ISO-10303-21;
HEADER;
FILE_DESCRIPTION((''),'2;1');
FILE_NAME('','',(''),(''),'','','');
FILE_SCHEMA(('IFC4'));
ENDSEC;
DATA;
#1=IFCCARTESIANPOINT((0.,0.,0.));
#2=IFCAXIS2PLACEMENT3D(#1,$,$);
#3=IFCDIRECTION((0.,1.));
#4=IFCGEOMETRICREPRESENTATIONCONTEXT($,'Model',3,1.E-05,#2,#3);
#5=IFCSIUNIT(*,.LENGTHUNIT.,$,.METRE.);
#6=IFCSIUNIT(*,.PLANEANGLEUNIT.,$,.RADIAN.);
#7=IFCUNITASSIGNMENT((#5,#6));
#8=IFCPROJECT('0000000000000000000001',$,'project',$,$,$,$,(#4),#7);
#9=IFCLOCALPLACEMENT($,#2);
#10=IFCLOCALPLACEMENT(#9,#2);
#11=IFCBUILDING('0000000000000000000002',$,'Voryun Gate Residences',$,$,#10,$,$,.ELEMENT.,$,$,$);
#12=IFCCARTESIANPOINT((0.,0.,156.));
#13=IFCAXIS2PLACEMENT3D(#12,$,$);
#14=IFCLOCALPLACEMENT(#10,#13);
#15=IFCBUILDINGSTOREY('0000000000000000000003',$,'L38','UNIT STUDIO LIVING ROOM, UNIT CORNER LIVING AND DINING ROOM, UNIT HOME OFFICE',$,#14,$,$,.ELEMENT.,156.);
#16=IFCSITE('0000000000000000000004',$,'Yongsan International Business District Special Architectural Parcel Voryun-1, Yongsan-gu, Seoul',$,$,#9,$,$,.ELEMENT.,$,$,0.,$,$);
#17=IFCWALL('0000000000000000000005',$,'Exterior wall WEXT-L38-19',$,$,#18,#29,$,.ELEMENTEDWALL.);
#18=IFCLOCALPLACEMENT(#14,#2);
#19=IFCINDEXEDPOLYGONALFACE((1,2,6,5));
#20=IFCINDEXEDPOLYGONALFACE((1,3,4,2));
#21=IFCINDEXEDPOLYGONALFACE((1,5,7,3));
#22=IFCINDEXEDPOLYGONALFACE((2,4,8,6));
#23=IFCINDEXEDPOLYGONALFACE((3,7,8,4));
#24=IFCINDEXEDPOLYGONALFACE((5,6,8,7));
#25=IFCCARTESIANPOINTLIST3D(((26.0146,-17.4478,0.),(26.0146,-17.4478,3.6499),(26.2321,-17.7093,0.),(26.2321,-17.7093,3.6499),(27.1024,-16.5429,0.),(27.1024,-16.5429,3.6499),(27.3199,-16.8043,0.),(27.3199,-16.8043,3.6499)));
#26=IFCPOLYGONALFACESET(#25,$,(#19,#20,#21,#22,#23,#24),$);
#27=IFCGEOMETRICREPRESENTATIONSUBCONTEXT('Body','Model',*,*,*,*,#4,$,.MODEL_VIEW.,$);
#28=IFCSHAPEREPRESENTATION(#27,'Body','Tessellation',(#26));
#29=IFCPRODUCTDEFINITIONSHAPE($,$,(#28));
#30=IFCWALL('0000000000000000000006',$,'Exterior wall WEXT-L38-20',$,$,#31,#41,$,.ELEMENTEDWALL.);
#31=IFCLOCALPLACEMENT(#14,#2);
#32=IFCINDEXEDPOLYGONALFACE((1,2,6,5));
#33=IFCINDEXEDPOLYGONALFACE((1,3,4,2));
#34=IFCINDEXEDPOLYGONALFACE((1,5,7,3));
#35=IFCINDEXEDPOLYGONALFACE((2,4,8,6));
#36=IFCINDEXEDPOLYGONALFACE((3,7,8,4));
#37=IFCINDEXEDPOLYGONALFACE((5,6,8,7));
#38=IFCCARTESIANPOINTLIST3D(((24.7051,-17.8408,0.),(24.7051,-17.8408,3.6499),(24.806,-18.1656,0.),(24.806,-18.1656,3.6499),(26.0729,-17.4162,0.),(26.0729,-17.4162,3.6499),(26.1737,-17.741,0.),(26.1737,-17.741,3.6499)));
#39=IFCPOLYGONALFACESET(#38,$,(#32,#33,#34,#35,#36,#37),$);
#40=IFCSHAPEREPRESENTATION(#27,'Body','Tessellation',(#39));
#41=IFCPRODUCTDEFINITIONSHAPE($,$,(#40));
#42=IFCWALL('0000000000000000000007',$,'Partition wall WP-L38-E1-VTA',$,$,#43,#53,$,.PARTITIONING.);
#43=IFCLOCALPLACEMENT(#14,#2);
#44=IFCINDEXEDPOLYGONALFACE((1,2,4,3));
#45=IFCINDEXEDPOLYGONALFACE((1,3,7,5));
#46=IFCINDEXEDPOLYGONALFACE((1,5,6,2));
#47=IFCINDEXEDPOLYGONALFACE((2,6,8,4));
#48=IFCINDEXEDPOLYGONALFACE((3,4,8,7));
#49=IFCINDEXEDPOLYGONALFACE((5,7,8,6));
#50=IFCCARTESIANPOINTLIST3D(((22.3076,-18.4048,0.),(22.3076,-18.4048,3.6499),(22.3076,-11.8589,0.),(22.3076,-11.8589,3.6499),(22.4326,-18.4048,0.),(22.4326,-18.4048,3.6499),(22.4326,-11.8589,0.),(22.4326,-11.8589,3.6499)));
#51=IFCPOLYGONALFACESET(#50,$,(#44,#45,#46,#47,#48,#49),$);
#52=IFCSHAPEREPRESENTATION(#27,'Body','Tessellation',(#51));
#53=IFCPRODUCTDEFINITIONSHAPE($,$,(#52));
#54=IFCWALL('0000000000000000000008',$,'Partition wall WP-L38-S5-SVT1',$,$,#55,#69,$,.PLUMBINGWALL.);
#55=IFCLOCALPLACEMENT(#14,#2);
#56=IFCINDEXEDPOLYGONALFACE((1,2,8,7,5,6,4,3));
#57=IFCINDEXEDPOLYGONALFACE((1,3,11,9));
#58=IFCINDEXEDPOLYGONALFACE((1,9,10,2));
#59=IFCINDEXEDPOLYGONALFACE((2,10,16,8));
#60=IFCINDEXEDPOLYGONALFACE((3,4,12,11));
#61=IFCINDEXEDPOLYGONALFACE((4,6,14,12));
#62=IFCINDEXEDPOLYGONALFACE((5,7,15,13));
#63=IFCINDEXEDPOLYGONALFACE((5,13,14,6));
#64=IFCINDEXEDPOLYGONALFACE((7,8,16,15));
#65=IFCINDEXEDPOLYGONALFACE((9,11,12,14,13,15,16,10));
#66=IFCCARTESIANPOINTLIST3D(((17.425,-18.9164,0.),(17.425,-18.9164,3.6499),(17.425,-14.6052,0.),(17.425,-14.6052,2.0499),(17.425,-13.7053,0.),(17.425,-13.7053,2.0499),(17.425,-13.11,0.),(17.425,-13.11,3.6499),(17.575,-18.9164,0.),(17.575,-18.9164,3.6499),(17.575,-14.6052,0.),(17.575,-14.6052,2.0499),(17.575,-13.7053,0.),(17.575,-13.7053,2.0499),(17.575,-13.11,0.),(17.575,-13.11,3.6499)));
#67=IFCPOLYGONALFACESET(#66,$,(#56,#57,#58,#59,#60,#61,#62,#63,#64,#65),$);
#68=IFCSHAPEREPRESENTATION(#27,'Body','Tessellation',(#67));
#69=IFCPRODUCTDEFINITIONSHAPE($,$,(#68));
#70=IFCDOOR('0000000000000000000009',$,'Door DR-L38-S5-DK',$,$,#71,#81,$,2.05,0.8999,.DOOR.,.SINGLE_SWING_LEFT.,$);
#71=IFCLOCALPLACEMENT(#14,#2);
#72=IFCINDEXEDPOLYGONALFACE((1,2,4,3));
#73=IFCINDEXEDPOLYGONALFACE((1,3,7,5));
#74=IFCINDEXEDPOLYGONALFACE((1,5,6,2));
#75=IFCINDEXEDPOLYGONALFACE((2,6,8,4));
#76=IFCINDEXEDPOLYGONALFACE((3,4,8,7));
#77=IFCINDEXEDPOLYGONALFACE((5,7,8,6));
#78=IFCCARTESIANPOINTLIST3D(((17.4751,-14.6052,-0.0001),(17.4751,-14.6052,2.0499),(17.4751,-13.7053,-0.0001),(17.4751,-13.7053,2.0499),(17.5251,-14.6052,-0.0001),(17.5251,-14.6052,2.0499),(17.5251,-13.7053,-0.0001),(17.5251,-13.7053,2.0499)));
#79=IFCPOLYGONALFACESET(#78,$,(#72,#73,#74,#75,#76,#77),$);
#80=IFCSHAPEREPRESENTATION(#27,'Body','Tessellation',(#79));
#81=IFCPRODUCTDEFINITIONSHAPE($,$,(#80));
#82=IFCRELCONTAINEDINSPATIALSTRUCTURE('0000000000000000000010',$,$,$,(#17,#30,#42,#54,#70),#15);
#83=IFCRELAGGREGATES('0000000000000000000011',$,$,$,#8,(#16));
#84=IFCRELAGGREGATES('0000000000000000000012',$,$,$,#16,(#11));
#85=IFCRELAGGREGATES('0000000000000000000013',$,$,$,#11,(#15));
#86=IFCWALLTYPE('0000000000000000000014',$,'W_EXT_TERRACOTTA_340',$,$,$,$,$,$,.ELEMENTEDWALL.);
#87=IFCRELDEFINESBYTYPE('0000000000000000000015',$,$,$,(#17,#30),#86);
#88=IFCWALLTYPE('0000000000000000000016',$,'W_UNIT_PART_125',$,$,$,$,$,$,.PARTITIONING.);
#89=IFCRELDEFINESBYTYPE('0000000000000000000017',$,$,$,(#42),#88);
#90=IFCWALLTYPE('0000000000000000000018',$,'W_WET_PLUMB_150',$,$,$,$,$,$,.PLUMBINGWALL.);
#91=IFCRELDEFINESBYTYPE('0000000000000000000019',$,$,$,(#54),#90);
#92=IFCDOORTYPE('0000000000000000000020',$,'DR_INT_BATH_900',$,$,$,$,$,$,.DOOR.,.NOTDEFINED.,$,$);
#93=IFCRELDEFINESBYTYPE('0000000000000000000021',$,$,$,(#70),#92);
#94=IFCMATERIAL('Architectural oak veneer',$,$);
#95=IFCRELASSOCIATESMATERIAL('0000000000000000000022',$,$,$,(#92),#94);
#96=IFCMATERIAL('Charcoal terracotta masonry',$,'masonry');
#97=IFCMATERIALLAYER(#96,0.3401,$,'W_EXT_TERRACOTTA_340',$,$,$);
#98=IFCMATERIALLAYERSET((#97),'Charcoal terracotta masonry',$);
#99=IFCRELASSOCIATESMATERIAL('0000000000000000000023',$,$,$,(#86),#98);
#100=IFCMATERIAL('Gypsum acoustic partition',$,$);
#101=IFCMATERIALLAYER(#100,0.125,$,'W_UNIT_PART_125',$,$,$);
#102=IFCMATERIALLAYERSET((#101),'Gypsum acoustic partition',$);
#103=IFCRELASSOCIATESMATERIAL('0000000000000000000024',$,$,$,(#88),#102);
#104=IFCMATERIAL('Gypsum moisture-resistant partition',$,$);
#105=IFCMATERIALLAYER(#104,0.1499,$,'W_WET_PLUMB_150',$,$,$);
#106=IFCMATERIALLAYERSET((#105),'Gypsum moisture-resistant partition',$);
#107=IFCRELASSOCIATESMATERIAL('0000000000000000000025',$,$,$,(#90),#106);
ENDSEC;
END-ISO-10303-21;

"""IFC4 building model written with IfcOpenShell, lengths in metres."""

from ifc_helpers import new_model, si_unit, direction, frame, frame_2d, origin, place, context, subcontext, project, spatial, rectangle, extrude, material, layer, layer_set, type_object, element, fill, save


model = new_model("IFC4")

# Units and contexts
model_context = context("Model", 3, precision=1e-05, world=origin(), true_north=direction((0.0, 1.0)))
body_context = subcontext(model_context, "Body", "Model", "MODEL_VIEW")
ifc_project = project(units=[si_unit("LENGTHUNIT", "METRE"), si_unit("PLANEANGLEUNIT", "RADIAN")], contexts=[model_context])

# Site, building, storey
site_placement = place(None, origin())
site = spatial("IfcSite", under=ifc_project, at=site_placement, Name="Yongsan International Business District Special Architectural Parcel Voryun-1, Yongsan-gu, Seoul", CompositionType="ELEMENT", RefElevation=0.0)
building_placement = place(site_placement, origin())
building = spatial("IfcBuilding", under=site, at=building_placement, Name="Voryun Gate Residences", CompositionType="ELEMENT")
storey_placement = place(building_placement, frame((0.0, 0.0, 156.0)))
storey = spatial("IfcBuildingStorey", under=building, at=storey_placement, Name="L38", Description="UNIT STUDIO LIVING ROOM, UNIT CORNER LIVING AND DINING ROOM, UNIT HOME OFFICE", CompositionType="ELEMENT", Elevation=156.0)

# Shared definitions
ifc_material_1 = material(Name="Architectural oak veneer")
door_type = type_object("IfcDoorType", Name="DR_INT_BATH_900", OperationType="NOTDEFINED", PredefinedType="DOOR", material=ifc_material_1)

# Shared definitions
ifc_material_2 = material(Name="Charcoal terracotta masonry", Category="masonry")
ifc_layer_1 = layer(ifc_material_2, 0.3401, Name="W_EXT_TERRACOTTA_340")
ifc_layer_set_1 = layer_set([ifc_layer_1], Name="Charcoal terracotta masonry")
wall_type_1 = type_object("IfcWallType", Name="W_EXT_TERRACOTTA_340", PredefinedType="ELEMENTEDWALL", material=ifc_layer_set_1)

# Walls
wall_1_placement = place(storey_placement, frame((27.2112, -16.6736, 0.0), z_axis=(0.0, 0.0, 1.0), x_axis=(-0.768758, -0.639539, 0.0)))
element("IfcWall", 1, at=wall_1_placement, inside=storey, type_object=wall_type_1, Name="Exterior wall WEXT-L38-19", PredefinedType="ELEMENTEDWALL", context=body_context, shape_type="SweptSolid", body=[
    extrude(rectangle(XDim=1.415, YDim=0.3401, at=frame_2d((0.7075, 0.0))), origin(), (0.0, 0.0, 1.0), 3.6499),
])
wall_2_placement = place(storey_placement, frame((26.1233, -17.5786, 0.0), z_axis=(0.0, 0.0, 1.0), x_axis=(-0.955043, -0.296469, 0.0)))
element("IfcWall", 2, at=wall_2_placement, inside=storey, type_object=wall_type_1, Name="Exterior wall WEXT-L38-20", PredefinedType="ELEMENTEDWALL", context=body_context, shape_type="SweptSolid", body=[
    extrude(rectangle(XDim=1.4321, YDim=0.3401, at=frame_2d((0.7161, 0.0))), origin(), (0.0, 0.0, 1.0), 3.6499),
])
ifc_material_3 = material(Name="Gypsum acoustic partition")
ifc_layer_2 = layer(ifc_material_3, 0.125, Name="W_UNIT_PART_125")
ifc_layer_set_2 = layer_set([ifc_layer_2], Name="Gypsum acoustic partition")
wall_type_2 = type_object("IfcWallType", Name="W_UNIT_PART_125", PredefinedType="PARTITIONING", material=ifc_layer_set_2)
wall_3_placement = place(storey_placement, frame((22.3701, -18.4048, 0.0), z_axis=(0.0, 0.0, 1.0), x_axis=(0.0, 1.0, 0.0)))
element("IfcWall", 3, at=wall_3_placement, inside=storey, type_object=wall_type_2, Name="Partition wall WP-L38-E1-VTA", PredefinedType="PARTITIONING", context=body_context, shape_type="SweptSolid", body=[
    extrude(rectangle(XDim=6.5459, YDim=0.125, at=frame_2d((3.2729, 0.0))), origin(), (0.0, 0.0, 1.0), 3.6499),
])

# Wall, opening, door
ifc_material_4 = material(Name="Gypsum moisture-resistant partition")
ifc_layer_3 = layer(ifc_material_4, 0.1499, Name="W_WET_PLUMB_150")
ifc_layer_set_3 = layer_set([ifc_layer_3], Name="Gypsum moisture-resistant partition")
wall_type_3 = type_object("IfcWallType", Name="W_WET_PLUMB_150", PredefinedType="PLUMBINGWALL", material=ifc_layer_set_3)
wall_4_placement = place(storey_placement, frame((17.5, -18.9165, 0.0), z_axis=(0.0, 0.0, 1.0), x_axis=(0.0, 1.0, 0.0)))
wall_4 = element("IfcWall", 4, at=wall_4_placement, inside=storey, type_object=wall_type_3, Name="Partition wall WP-L38-S5-SVT1", PredefinedType="PLUMBINGWALL", context=body_context, shape_type="SweptSolid", body=[
    extrude(rectangle(XDim=5.8064, YDim=0.1499, at=frame_2d((2.9033, 0.0))), origin(), (0.0, 0.0, 1.0), 3.6499),
])
opening_1_placement = place(wall_4_placement, frame((4.3113, 0.0, 0.0)))
opening_1 = element("IfcOpeningElement", 5, at=opening_1_placement, cuts=wall_4, PredefinedType="OPENING", context=body_context, shape_type="SweptSolid", body=[
    extrude(rectangle(XDim=0.8999, YDim=2.05, at=frame_2d((0.45, 1.0249))), frame((0.0, 0.085, 0.0), z_axis=(0.0, -1.0, 0.0), x_axis=(1.0, 0.0, 0.0)), (0.0, 0.0, 1.0), 0.1699),
])
door_1_placement = place(opening_1_placement, origin())
door_1 = element("IfcDoor", 6, at=door_1_placement, inside=storey, type_object=door_type, Name="Door DR-L38-S5-DK", OperationType="SINGLE_SWING_LEFT", OverallHeight=2.05, OverallWidth=0.8999, PredefinedType="DOOR", context=body_context, shape_type="SweptSolid", body=[
    extrude(rectangle(XDim=0.8999, YDim=2.05, at=frame_2d((0.45, 1.0249))), frame((0.0, 0.0249, 0.0), z_axis=(0.0, -1.0, 0.0), x_axis=(1.0, 0.0, 0.0)), (0.0, 0.0, 1.0), 0.05),
])
fill(opening_1, door_1)

save(model, "model.ifc")
